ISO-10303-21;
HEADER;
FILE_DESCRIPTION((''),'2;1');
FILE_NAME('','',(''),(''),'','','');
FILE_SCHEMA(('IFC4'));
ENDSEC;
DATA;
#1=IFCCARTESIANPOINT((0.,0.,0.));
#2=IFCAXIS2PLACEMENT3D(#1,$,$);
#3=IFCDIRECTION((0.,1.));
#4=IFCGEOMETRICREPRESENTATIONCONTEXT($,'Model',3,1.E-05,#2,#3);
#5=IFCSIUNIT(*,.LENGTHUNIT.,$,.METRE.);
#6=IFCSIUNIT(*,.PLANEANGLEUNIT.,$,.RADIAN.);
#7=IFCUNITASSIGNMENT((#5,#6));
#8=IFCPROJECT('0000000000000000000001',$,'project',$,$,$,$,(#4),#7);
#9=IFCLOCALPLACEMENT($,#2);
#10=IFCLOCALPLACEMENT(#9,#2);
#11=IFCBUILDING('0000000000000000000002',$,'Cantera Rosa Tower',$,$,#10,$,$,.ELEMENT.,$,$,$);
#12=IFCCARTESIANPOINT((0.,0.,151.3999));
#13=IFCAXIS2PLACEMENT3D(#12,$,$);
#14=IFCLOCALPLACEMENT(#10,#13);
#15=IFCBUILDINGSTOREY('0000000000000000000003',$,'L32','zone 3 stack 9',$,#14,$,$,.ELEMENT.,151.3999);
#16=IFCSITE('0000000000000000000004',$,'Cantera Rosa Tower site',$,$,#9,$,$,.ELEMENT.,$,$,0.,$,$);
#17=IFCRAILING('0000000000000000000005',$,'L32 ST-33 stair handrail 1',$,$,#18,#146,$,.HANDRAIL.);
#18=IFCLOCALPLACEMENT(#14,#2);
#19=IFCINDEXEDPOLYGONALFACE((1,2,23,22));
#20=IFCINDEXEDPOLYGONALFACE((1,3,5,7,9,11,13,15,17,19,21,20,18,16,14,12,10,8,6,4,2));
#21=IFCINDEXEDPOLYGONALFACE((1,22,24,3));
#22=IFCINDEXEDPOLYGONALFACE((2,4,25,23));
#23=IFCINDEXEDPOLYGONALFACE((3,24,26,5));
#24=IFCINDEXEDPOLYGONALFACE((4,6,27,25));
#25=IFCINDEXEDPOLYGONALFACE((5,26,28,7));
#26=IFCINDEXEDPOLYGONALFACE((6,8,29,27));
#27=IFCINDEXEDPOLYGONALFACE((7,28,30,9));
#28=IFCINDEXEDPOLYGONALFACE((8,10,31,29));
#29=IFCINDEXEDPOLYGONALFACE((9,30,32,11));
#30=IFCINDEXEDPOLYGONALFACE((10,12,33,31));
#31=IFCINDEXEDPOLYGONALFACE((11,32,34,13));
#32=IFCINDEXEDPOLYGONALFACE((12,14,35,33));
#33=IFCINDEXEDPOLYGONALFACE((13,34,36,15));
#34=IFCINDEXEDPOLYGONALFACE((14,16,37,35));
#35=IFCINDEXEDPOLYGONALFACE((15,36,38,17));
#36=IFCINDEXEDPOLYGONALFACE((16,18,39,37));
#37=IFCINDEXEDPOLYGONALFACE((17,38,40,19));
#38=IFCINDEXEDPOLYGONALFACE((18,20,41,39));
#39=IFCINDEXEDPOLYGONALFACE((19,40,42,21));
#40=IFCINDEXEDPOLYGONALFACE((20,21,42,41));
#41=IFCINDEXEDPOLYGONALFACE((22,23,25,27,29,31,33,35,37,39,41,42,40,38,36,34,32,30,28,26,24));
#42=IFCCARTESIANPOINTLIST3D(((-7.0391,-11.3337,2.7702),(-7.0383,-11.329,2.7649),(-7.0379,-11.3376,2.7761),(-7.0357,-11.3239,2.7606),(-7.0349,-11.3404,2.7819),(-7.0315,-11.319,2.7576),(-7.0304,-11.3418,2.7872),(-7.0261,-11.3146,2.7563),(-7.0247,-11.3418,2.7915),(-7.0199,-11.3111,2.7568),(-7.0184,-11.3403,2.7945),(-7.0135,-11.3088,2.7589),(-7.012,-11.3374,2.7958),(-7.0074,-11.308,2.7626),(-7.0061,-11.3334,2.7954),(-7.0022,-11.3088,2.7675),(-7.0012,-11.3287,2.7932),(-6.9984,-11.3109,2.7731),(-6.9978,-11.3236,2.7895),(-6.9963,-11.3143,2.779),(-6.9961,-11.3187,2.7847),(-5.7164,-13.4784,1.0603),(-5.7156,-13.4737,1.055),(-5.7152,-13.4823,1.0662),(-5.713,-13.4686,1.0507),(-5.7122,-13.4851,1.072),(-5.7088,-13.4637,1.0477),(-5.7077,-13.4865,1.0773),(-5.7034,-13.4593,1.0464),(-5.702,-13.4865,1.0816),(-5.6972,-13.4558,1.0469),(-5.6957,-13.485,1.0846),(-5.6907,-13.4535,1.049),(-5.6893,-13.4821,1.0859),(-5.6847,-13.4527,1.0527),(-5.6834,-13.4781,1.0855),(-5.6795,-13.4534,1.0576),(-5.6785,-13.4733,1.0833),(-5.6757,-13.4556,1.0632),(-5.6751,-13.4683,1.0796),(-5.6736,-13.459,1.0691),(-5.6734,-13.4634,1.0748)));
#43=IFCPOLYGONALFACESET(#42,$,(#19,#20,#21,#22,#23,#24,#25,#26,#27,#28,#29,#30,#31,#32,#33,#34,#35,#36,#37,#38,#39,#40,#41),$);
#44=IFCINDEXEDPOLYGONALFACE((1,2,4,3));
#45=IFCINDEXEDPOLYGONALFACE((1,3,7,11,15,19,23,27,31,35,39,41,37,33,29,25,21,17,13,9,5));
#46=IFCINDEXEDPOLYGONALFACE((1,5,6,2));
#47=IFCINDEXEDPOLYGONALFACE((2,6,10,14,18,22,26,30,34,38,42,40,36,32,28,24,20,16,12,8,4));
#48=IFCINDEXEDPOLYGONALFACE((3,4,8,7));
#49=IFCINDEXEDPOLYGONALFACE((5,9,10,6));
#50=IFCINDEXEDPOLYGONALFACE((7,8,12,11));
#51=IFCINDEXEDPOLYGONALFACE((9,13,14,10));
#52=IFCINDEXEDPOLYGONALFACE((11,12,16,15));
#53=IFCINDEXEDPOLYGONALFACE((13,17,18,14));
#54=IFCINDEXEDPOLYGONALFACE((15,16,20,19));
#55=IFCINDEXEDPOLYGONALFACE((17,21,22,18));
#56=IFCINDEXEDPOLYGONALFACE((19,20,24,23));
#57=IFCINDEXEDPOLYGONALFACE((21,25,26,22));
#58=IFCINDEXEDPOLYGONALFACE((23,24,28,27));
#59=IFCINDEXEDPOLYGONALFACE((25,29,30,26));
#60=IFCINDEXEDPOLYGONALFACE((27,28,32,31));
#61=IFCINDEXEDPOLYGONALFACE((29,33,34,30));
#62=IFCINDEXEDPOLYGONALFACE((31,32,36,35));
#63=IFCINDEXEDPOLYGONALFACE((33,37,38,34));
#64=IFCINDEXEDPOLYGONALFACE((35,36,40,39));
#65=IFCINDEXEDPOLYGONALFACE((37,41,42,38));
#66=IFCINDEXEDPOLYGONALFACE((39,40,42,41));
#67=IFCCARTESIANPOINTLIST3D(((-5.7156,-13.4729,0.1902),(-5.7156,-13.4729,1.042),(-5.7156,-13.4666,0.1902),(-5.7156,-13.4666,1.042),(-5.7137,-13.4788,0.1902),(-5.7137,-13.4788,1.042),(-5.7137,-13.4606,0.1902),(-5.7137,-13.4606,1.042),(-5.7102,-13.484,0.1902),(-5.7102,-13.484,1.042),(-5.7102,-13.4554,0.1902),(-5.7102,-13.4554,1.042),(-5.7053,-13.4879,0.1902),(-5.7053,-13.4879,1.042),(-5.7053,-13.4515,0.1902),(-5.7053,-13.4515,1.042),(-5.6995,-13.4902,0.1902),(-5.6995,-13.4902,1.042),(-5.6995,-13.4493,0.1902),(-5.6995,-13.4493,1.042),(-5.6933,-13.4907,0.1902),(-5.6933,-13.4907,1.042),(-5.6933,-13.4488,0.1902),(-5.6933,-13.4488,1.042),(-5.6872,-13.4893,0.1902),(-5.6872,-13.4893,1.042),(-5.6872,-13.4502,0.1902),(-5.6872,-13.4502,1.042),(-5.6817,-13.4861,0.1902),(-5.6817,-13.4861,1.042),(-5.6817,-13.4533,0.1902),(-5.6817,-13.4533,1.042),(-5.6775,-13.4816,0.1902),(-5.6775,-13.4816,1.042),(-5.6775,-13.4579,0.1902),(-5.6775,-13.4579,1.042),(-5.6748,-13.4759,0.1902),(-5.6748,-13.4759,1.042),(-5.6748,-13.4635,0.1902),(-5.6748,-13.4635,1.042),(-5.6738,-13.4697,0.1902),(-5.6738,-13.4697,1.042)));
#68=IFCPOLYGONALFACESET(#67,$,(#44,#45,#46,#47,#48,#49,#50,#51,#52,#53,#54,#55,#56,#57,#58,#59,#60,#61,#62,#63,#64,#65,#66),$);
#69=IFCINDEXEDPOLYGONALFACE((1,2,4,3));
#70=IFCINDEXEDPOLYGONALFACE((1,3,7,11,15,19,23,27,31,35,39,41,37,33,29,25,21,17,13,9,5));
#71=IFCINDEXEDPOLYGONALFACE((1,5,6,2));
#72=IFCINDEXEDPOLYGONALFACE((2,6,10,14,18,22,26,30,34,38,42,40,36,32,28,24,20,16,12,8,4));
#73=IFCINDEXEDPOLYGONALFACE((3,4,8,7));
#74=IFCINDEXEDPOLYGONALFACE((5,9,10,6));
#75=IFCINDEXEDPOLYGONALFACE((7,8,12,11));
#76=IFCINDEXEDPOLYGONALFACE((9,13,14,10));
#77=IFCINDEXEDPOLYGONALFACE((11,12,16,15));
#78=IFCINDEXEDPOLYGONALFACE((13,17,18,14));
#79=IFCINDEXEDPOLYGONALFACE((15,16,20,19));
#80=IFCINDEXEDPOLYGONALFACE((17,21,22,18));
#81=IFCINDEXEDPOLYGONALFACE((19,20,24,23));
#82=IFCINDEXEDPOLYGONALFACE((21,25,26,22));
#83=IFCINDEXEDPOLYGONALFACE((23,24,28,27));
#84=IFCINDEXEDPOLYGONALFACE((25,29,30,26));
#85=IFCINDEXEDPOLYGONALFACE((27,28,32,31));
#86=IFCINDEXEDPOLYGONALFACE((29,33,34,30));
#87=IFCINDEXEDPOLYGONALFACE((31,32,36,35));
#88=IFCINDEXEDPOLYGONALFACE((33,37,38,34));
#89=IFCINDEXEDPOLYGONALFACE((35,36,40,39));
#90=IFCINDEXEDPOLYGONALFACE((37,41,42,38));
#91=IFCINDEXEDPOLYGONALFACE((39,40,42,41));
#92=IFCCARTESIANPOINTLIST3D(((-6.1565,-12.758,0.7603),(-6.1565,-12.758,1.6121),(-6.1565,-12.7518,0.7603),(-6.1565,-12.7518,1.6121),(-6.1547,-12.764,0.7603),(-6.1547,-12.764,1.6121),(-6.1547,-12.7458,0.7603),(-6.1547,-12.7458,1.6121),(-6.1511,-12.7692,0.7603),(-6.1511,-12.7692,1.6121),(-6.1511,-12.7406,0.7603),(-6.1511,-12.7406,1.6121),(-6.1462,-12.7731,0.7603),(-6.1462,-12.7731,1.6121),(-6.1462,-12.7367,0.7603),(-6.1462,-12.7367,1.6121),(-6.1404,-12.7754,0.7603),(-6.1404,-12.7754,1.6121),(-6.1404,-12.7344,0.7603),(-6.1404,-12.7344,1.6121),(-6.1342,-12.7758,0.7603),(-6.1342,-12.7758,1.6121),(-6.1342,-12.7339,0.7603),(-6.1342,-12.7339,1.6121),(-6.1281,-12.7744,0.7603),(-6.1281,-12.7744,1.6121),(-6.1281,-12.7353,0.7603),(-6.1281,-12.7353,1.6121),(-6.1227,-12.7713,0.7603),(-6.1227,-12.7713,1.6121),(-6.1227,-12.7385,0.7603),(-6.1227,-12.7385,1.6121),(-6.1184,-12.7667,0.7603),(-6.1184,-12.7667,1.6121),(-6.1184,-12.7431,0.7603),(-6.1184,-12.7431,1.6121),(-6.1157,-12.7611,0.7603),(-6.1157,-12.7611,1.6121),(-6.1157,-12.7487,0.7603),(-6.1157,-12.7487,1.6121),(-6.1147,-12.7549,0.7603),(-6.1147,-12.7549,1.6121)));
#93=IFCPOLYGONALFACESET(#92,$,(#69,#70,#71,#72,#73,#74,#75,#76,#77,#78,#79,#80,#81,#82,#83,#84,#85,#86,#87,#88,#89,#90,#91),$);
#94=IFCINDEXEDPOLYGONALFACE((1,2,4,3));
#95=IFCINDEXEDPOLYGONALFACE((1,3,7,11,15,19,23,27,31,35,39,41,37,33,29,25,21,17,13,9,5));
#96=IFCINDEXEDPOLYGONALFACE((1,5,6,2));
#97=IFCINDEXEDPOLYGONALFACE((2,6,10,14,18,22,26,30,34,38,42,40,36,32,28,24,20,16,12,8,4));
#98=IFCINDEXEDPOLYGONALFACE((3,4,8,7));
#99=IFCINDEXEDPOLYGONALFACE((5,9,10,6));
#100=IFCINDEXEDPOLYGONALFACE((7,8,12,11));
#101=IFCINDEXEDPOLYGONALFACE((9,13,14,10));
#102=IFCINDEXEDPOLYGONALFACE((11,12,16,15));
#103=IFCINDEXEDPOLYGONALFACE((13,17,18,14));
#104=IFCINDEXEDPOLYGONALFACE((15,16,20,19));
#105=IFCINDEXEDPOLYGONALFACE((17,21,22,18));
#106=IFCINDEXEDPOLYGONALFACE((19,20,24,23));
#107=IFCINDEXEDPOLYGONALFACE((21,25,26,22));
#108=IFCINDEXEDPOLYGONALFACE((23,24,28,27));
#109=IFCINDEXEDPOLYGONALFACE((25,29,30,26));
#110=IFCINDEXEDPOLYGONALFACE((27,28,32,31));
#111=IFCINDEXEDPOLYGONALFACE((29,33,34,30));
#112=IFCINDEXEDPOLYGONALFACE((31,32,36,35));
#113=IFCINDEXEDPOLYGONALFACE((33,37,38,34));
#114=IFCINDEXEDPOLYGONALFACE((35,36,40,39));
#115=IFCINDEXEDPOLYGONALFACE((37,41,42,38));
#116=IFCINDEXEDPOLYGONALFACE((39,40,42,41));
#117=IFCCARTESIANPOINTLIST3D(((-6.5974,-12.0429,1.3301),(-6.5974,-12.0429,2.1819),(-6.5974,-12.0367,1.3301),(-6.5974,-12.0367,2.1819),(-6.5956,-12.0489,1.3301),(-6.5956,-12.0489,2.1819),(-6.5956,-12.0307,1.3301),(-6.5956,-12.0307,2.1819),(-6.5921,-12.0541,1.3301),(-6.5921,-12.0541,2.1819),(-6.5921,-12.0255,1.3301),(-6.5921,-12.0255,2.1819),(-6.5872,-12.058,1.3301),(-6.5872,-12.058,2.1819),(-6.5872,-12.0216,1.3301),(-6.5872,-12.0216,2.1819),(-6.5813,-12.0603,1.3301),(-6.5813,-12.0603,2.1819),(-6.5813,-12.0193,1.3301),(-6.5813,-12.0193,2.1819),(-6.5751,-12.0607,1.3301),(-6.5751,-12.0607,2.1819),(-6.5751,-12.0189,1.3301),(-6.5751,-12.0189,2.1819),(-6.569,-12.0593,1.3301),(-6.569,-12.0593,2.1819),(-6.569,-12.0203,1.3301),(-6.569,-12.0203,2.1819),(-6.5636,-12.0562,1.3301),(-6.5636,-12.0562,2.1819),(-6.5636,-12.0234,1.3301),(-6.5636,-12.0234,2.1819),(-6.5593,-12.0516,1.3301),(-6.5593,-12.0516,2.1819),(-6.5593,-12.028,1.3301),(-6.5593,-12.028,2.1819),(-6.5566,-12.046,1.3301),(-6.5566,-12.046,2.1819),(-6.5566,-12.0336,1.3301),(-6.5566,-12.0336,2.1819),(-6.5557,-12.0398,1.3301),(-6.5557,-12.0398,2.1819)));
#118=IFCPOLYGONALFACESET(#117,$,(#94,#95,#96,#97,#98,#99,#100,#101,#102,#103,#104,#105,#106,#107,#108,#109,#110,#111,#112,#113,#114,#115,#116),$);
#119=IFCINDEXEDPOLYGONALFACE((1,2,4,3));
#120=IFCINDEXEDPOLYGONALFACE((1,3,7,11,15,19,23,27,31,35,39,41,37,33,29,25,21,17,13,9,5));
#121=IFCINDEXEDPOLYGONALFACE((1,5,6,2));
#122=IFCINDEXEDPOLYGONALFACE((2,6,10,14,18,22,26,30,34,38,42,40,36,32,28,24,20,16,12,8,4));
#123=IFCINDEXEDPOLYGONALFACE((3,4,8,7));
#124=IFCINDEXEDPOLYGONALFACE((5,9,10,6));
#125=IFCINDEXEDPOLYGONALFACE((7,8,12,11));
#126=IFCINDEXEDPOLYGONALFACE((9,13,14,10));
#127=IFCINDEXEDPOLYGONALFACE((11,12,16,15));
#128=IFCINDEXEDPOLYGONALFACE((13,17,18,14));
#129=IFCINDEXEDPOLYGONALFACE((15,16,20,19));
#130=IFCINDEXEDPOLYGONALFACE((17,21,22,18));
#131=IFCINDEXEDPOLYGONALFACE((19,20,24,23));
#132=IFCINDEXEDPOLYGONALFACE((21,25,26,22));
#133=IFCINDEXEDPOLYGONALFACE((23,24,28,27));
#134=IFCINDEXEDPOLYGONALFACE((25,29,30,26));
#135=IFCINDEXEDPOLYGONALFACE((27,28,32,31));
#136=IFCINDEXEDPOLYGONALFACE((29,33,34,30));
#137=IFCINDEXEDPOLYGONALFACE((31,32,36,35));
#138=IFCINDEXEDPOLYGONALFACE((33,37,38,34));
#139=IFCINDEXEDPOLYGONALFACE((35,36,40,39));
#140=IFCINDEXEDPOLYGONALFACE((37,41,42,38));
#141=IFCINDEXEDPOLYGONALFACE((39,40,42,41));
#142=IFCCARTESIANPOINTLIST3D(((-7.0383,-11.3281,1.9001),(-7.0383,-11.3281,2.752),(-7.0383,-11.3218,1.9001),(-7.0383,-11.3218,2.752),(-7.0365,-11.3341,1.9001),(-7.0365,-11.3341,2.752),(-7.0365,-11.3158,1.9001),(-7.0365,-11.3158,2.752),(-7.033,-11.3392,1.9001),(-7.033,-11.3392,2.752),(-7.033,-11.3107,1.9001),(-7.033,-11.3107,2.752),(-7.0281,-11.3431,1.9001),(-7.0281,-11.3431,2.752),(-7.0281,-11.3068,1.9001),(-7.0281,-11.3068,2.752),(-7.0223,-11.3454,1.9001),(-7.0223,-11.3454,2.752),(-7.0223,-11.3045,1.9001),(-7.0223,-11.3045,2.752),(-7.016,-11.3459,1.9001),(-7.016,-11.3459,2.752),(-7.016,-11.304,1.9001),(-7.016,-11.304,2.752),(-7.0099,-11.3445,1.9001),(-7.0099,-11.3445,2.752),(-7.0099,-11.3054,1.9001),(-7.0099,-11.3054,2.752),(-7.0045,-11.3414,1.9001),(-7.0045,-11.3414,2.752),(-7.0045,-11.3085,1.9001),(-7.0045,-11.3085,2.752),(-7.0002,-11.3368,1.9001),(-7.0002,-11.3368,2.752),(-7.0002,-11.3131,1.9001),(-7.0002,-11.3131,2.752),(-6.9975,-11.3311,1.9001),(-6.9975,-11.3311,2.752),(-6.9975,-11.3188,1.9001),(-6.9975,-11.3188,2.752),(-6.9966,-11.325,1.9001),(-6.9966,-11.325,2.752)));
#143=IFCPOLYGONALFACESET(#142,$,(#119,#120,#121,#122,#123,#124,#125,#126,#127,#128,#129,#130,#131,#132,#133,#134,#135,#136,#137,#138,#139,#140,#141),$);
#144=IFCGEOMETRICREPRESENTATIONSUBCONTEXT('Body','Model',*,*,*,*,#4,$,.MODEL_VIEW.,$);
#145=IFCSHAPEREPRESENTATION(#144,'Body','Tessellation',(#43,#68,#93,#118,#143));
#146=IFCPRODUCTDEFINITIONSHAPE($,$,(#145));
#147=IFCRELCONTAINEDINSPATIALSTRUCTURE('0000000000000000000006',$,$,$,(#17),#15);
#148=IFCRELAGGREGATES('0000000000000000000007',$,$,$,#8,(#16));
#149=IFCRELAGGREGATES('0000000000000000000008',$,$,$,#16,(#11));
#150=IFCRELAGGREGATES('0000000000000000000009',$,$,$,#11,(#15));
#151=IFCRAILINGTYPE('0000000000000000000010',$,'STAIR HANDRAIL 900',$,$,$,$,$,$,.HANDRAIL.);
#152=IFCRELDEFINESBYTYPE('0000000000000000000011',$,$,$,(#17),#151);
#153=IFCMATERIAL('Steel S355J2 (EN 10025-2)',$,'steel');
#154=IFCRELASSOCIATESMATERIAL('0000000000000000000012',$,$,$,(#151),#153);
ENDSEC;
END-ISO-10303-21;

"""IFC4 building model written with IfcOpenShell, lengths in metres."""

from ifc_helpers import new_model, si_unit, direction, frame, origin, origin_2d, place, context, subcontext, project, spatial, circle, extrude, material, type_object, element, save


model = new_model("IFC4")

# Units and contexts
model_context = context("Model", 3, precision=1e-05, world=origin(), true_north=direction((0.0, 1.0)))
body_context = subcontext(model_context, "Body", "Model", "MODEL_VIEW")
ifc_project = project(units=[si_unit("LENGTHUNIT", "METRE"), si_unit("PLANEANGLEUNIT", "RADIAN")], contexts=[model_context])

# Site, building, storey
site_placement = place(None, origin())
site = spatial("IfcSite", under=ifc_project, at=site_placement, Name="Cantera Rosa Tower site", CompositionType="ELEMENT", RefElevation=0.0)
building_placement = place(site_placement, origin())
building = spatial("IfcBuilding", under=site, at=building_placement, Name="Cantera Rosa Tower", CompositionType="ELEMENT")
storey_placement = place(building_placement, frame((0.0, 0.0, 151.3999)))
storey = spatial("IfcBuildingStorey", under=building, at=storey_placement, Name="L32", Description="zone 3 stack 9", CompositionType="ELEMENT", Elevation=151.3999)

# Railing
ifc_material_1 = material(Name="Steel S355J2 (EN 10025-2)", Category="steel")
railing_type_1 = type_object("IfcRailingType", Name="STAIR HANDRAIL 900", PredefinedType="HANDRAIL", material=ifc_material_1)
railing_1_placement = place(storey_placement, frame((-5.6948, -13.4697, 0.1902)))
element("IfcRailing", 1, at=railing_1_placement, inside=storey, type_object=railing_type_1, Name="L32 ST-33 stair handrail 1", PredefinedType="HANDRAIL", context=body_context, shape_type="SweptSolid", body=[
    extrude(circle(Radius=0.0239, at=origin_2d()), frame((0.0, 0.0, 0.876), z_axis=(-0.434363, 0.704296, 0.561513), x_axis=(-0.851146, -0.52493, 0.0)), (0.0, 0.0, 1.0), 3.0452),
    extrude(circle(Radius=0.021, at=origin_2d()), origin(), (0.0, 0.0, 1.0), 0.8518),
    extrude(circle(Radius=0.021, at=origin_2d()), frame((-0.4409, 0.7148, 0.5701)), (0.0, 0.0, 1.0), 0.8518),
    extrude(circle(Radius=0.021, at=origin_2d()), frame((-0.8818, 1.4299, 1.1399)), (0.0, 0.0, 1.0), 0.8518),
    extrude(circle(Radius=0.021, at=origin_2d()), frame((-1.3228, 2.1448, 1.71)), (0.0, 0.0, 1.0), 0.8518),
])

save(model, "model.ifc")
